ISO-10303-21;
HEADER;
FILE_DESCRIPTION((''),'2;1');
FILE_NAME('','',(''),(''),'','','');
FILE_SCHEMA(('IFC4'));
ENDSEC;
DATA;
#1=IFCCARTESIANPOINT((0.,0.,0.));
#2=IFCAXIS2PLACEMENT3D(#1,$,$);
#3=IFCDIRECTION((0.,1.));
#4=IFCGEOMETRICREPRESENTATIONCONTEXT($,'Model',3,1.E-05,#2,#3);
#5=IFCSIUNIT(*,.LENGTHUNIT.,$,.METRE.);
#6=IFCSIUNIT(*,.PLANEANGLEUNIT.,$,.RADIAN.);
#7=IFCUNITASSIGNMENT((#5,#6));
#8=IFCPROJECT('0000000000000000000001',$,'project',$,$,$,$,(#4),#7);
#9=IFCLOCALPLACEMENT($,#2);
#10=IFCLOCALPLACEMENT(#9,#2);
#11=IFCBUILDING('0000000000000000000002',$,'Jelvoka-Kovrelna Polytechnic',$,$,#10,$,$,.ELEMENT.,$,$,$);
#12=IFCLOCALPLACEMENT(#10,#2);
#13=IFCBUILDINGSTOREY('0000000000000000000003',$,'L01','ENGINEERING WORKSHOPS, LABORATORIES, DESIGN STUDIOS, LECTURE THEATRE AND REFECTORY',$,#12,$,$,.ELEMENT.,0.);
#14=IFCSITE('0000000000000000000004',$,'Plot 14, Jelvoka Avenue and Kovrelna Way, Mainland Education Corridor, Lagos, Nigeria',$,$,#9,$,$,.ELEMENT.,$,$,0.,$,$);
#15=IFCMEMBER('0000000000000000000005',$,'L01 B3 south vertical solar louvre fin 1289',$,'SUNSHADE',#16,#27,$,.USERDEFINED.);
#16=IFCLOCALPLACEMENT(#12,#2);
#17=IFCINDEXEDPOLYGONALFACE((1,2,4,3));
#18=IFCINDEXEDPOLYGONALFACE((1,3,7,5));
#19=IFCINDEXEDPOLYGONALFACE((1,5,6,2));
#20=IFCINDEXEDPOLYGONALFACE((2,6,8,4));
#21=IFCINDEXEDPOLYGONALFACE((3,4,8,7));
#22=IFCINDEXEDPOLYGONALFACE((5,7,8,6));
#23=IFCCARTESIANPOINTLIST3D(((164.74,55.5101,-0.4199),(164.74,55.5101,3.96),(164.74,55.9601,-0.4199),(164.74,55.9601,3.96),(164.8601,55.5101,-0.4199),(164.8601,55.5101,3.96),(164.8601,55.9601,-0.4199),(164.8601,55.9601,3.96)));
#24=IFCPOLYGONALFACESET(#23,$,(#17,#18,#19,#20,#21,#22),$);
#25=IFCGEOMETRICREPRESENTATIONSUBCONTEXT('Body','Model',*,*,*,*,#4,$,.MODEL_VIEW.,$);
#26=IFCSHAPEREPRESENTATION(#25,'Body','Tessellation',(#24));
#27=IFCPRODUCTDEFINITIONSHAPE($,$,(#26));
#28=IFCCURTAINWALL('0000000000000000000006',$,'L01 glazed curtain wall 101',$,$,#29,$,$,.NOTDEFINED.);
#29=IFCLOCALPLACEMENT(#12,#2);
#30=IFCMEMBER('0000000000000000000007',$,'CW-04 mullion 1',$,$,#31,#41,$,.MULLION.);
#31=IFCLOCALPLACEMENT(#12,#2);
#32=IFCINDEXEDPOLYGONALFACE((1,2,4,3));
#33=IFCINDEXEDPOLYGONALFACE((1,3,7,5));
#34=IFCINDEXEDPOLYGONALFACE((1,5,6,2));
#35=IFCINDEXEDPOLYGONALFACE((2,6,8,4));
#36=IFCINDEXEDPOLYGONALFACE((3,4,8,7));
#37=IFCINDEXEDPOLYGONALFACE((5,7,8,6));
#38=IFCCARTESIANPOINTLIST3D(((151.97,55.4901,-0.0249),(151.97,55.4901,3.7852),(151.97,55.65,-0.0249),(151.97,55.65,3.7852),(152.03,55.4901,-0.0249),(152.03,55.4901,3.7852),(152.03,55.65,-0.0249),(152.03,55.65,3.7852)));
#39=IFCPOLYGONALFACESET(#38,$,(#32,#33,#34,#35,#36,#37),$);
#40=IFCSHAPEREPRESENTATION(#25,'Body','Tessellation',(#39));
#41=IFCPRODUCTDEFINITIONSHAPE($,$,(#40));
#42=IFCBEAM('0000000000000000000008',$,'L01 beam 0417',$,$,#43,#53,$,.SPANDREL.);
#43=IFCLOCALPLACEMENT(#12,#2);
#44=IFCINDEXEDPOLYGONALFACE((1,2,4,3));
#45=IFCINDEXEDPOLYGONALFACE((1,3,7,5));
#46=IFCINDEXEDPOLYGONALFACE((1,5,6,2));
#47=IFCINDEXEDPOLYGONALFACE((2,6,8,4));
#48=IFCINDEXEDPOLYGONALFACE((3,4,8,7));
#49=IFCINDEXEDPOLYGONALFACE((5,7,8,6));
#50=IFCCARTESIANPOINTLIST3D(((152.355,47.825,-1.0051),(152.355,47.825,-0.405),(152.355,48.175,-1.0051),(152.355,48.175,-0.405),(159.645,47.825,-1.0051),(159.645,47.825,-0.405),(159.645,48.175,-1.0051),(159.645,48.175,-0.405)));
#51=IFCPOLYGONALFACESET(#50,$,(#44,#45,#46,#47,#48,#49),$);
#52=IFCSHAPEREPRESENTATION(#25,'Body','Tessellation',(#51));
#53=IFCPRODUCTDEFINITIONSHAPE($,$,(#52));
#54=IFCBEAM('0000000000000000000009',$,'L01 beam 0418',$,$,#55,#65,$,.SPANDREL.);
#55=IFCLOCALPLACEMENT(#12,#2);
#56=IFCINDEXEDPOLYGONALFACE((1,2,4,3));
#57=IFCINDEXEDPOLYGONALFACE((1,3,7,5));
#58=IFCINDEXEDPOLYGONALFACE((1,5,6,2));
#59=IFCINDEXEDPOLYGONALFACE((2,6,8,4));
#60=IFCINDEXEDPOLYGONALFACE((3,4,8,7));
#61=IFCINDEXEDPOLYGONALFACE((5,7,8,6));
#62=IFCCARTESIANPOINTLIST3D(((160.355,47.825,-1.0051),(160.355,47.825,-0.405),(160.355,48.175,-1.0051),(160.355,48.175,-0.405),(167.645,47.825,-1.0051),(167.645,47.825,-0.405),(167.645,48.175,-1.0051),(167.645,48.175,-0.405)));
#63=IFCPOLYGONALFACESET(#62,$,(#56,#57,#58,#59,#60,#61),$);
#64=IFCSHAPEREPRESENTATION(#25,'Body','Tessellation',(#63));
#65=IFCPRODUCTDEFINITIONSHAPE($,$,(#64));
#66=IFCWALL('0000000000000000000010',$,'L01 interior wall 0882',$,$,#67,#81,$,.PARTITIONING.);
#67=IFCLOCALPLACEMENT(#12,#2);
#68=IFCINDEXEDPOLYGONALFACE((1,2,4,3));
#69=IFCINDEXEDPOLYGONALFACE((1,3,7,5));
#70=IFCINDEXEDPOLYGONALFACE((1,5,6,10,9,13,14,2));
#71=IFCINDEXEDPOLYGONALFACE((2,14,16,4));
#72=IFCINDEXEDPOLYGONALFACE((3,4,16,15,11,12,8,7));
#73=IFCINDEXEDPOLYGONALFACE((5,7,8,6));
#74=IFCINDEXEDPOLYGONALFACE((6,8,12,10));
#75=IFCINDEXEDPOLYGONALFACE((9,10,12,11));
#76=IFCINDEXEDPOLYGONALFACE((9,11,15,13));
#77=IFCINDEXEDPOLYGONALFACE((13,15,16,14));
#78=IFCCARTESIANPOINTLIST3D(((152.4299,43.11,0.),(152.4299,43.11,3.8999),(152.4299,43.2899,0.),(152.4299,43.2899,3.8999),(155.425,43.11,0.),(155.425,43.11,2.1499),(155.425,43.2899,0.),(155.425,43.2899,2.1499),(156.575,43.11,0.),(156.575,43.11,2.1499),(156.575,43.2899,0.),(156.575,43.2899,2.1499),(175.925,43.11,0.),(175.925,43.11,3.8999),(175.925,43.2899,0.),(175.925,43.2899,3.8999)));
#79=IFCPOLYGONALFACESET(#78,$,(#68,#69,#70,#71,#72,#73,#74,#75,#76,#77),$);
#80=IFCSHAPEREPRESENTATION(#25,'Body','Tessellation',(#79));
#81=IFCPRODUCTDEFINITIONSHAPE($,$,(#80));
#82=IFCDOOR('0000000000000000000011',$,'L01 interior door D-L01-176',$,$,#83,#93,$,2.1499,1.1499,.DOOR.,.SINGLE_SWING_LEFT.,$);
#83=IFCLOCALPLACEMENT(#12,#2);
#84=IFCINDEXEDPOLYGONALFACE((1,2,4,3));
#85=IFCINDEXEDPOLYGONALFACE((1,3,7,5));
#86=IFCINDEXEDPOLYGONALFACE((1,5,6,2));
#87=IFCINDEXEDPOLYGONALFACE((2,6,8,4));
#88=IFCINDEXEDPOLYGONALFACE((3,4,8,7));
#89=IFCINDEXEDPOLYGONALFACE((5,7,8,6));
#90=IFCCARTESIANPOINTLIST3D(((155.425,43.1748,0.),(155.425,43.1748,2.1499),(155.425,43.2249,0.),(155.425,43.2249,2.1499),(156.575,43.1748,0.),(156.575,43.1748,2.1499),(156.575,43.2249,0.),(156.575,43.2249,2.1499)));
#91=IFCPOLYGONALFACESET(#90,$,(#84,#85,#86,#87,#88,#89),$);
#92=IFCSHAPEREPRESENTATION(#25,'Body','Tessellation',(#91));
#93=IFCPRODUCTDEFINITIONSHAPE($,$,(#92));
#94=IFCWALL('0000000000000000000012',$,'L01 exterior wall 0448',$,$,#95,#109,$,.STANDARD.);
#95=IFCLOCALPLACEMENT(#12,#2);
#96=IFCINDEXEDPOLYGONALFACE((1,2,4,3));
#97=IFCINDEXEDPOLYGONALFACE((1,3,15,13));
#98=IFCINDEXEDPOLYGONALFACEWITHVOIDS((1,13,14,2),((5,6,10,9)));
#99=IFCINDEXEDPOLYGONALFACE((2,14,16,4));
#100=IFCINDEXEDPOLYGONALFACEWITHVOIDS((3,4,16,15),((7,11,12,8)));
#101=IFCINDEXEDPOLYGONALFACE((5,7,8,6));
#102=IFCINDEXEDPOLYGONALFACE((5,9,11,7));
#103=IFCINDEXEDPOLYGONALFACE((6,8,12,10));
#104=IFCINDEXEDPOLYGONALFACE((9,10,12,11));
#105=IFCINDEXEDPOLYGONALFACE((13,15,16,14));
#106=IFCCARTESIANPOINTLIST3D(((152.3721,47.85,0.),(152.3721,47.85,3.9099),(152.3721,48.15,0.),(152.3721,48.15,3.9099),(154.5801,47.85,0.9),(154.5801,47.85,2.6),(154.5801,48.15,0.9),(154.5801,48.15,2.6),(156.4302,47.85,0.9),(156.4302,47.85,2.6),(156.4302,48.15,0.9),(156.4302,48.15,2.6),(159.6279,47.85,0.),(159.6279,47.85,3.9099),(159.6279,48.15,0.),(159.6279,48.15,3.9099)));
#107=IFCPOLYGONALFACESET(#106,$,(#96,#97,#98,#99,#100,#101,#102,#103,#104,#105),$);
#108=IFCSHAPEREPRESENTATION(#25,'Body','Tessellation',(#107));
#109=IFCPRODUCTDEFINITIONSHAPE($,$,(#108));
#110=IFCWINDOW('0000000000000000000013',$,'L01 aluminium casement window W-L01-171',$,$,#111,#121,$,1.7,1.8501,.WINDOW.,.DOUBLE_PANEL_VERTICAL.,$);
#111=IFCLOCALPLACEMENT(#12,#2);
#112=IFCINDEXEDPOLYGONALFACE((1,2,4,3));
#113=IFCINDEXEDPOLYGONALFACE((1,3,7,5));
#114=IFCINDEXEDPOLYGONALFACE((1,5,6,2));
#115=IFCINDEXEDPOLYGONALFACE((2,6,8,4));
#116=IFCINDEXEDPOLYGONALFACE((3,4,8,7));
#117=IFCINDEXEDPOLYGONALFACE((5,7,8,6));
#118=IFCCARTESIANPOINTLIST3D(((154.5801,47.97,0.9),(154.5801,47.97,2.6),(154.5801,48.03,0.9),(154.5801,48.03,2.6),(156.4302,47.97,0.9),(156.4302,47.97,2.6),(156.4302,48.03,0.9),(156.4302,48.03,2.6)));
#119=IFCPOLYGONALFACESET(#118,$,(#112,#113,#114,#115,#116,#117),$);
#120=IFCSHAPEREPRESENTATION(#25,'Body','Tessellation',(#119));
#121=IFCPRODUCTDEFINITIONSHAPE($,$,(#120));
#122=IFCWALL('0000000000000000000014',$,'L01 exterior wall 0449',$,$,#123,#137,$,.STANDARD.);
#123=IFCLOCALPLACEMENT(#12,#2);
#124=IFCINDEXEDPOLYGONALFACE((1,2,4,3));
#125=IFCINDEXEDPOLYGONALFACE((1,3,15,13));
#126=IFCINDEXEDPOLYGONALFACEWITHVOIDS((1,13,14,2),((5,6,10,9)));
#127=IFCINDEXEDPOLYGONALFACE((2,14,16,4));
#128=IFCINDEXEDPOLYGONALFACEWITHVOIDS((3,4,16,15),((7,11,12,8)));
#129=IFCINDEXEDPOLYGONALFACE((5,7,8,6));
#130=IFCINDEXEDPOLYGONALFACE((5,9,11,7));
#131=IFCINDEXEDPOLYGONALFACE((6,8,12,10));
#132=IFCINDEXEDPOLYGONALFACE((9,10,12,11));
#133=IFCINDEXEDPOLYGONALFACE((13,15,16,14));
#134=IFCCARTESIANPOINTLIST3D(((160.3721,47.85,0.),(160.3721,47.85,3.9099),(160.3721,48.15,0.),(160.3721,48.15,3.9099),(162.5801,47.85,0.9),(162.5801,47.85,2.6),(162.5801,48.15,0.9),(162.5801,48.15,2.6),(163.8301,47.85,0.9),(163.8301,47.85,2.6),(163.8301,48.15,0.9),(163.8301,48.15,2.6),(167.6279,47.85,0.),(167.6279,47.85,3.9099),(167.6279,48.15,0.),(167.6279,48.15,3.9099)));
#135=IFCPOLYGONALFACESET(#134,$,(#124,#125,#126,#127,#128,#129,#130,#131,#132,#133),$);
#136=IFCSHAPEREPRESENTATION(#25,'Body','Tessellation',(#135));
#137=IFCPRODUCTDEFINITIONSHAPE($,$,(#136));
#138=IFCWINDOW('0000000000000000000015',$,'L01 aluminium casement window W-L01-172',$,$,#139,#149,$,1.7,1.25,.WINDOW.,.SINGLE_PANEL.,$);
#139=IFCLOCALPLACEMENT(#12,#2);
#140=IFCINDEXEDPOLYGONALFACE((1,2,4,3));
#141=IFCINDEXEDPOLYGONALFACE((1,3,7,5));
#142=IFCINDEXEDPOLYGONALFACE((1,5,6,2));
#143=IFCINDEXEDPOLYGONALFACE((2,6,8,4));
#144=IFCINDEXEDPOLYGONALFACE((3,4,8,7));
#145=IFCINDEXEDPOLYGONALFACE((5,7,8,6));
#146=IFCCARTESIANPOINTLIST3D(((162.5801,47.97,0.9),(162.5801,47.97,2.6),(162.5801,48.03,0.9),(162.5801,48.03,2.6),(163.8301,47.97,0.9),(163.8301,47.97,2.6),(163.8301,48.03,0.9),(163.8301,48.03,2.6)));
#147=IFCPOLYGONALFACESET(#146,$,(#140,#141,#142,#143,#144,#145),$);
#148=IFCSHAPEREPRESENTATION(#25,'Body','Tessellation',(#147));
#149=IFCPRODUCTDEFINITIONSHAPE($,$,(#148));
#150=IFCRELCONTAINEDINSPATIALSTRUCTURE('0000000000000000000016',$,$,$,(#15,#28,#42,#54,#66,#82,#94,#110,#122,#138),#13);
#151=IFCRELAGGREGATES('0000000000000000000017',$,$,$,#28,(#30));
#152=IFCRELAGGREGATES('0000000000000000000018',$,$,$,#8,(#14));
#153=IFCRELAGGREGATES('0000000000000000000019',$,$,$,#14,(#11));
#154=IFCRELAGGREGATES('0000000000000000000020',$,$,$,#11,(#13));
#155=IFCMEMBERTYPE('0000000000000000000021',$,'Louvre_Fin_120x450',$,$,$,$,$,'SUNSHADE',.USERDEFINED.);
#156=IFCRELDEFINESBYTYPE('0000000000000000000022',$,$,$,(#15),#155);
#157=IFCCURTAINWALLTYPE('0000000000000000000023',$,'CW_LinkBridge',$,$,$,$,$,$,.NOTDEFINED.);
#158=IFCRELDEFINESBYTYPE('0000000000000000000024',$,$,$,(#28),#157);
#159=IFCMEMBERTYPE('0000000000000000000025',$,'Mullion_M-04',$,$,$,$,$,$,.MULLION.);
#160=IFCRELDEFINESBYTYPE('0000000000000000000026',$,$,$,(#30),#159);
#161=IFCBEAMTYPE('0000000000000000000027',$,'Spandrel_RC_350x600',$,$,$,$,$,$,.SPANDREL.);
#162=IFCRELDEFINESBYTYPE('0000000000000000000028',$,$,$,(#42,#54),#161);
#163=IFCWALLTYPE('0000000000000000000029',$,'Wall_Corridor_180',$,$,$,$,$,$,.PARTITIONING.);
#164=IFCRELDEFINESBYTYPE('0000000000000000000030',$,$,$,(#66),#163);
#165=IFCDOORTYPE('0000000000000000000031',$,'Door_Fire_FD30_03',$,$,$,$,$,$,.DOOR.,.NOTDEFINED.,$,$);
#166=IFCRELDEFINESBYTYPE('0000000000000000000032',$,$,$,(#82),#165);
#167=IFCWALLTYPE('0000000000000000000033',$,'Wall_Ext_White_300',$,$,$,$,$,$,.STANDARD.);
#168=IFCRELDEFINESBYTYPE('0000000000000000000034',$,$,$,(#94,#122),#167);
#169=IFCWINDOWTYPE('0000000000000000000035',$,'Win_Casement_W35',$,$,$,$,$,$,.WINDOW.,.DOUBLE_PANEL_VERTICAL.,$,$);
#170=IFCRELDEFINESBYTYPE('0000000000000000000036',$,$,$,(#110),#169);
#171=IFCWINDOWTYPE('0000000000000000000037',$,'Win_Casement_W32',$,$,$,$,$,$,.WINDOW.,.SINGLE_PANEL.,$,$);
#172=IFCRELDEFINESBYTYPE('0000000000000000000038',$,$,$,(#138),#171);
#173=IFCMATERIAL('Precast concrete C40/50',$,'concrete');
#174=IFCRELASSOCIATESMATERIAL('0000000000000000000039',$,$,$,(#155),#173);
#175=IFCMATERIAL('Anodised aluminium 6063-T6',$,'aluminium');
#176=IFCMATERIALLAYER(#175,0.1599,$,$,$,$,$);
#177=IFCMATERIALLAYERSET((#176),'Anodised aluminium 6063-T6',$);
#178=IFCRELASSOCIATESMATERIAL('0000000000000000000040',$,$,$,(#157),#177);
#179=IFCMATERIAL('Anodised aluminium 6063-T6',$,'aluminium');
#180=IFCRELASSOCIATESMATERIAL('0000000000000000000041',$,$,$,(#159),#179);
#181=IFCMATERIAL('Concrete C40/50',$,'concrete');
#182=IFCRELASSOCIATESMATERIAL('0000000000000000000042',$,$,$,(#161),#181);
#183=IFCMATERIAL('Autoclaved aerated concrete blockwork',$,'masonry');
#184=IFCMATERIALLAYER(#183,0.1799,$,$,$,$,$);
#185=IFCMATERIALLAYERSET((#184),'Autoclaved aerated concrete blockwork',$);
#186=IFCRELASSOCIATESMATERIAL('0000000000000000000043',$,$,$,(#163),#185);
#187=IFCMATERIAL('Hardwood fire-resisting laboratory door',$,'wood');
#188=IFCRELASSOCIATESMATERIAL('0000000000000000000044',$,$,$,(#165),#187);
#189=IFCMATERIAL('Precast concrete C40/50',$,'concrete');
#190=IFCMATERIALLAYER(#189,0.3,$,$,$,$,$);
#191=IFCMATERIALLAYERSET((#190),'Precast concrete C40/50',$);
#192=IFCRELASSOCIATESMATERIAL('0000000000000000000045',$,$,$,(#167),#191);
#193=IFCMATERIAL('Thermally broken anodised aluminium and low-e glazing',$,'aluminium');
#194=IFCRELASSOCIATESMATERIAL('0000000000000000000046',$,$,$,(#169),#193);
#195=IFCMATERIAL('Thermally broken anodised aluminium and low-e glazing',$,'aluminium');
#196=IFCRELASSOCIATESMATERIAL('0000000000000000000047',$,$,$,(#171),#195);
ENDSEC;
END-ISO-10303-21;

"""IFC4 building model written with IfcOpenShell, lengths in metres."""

from ifc_helpers import new_model, si_unit, direction, frame, frame_2d, origin, origin_2d, place, context, subcontext, project, spatial, rectangle, extrude, material, layer, layer_set, material_profile, profile_set, type_object, element, fill, aggregate, save


model = new_model("IFC4")

# Units and contexts
model_context = context("Model", 3, precision=1e-05, world=origin(), true_north=direction((0.0, 1.0)))
body_context = subcontext(model_context, "Body", "Model", "MODEL_VIEW")
ifc_project = project(units=[si_unit("LENGTHUNIT", "METRE"), si_unit("PLANEANGLEUNIT", "RADIAN")], contexts=[model_context])

# Site, building, storey
site_placement = place(None, origin())
site = spatial("IfcSite", under=ifc_project, at=site_placement, Name="Plot 14, Jelvoka Avenue and Kovrelna Way, Mainland Education Corridor, Lagos, Nigeria", CompositionType="ELEMENT", RefElevation=0.0)
building_placement = place(site_placement, origin())
building = spatial("IfcBuilding", under=site, at=building_placement, Name="Jelvoka-Kovrelna Polytechnic", CompositionType="ELEMENT")
storey_placement = place(building_placement, origin())
storey = spatial("IfcBuildingStorey", under=building, at=storey_placement, Name="L01", Description="ENGINEERING WORKSHOPS, LABORATORIES, DESIGN STUDIOS, LECTURE THEATRE AND REFECTORY", CompositionType="ELEMENT", Elevation=0.0)

# Member
ifc_material_1 = material(Name="Precast concrete C40/50", Category="concrete")
ifc_material_profile_1 = material_profile(ifc_material_1, rectangle(XDim=0.1201, YDim=0.45, at=origin_2d()), Name="PC 120x450")
ifc_profile_set_1 = profile_set([ifc_material_profile_1], Name="Precast concrete C40/50")
member_type_1 = type_object("IfcMemberType", Name="Louvre_Fin_120x450", ElementType="SUNSHADE", PredefinedType="USERDEFINED", material=ifc_profile_set_1)
for number, where, z_axis, x_axis, name in (
    (1, (164.8, 55.7351, -0.4199), (0.0, 0.0, 1.0), (1.0, 0.0, 0.0), "L01 B3 south vertical solar louvre fin 1289"),
):
    element("IfcMember", number, at=place(storey_placement, frame(where, z_axis=z_axis, x_axis=x_axis)), inside=storey, type_object=member_type_1, Name=name, ObjectType="SUNSHADE", PredefinedType="USERDEFINED", context=body_context, shape_type="SweptSolid", body=[
        extrude(rectangle(XDim=0.1201, YDim=0.45, at=origin_2d()), origin(), (0.0, 0.0, 1.0), 4.3799),
    ])

# Curtain wall, member
ifc_material_2 = material(Name="Anodised aluminium 6063-T6", Category="aluminium")
ifc_layer_1 = layer(ifc_material_2, 0.1599)
ifc_layer_set_1 = layer_set([ifc_layer_1], Name="Anodised aluminium 6063-T6")
curtain_wall_type = type_object("IfcCurtainWallType", Name="CW_LinkBridge", PredefinedType="NOTDEFINED", material=ifc_layer_set_1)
curtain_wall_placement = place(storey_placement, origin())
curtain_wall = element("IfcCurtainWall", 2, at=curtain_wall_placement, inside=storey, type_object=curtain_wall_type, Name="L01 glazed curtain wall 101", PredefinedType="NOTDEFINED")
ifc_material_3 = material(Name="Anodised aluminium 6063-T6", Category="aluminium")
ifc_material_profile_2 = material_profile(ifc_material_3, rectangle(XDim=0.0601, YDim=0.1599, at=origin_2d()), Name="ALU 60x160")
ifc_profile_set_2 = profile_set([ifc_material_profile_2], Name="Anodised aluminium 6063-T6")
member_type_2 = type_object("IfcMemberType", Name="Mullion_M-04", PredefinedType="MULLION", material=ifc_profile_set_2)
member_placement = place(storey_placement, frame((152.0, 55.5701, -0.0249), z_axis=(0.0, 0.0, 1.0), x_axis=(1.0, 0.0, 0.0)))
member = element("IfcMember", 3, at=member_placement, type_object=member_type_2, Name="CW-04 mullion 1", PredefinedType="MULLION", context=body_context, shape_type="SweptSolid", body=[
    extrude(rectangle(XDim=0.0601, YDim=0.1599, at=origin_2d()), origin(), (0.0, 0.0, 1.0), 3.8101),
])
aggregate(curtain_wall, [member])

# Beams
ifc_material_4 = material(Name="Concrete C40/50", Category="concrete")
ifc_material_profile_3 = material_profile(ifc_material_4, rectangle(XDim=0.3501, YDim=0.6001, at=origin_2d()), Name="RC 350x600")
ifc_profile_set_3 = profile_set([ifc_material_profile_3], Name="Concrete C40/50")
beam_type = type_object("IfcBeamType", Name="Spandrel_RC_350x600", PredefinedType="SPANDREL", material=ifc_profile_set_3)
for number, where, z_axis, x_axis, name in (
    (4, (152.355, 48.0, -0.7051), (1.0, 0.0, 0.0), (0.0, 1.0, 0.0), "L01 beam 0417"),
    (5, (160.355, 48.0, -0.7051), (1.0, 0.0, 0.0), (0.0, 1.0, 0.0), "L01 beam 0418"),
):
    element("IfcBeam", number, at=place(storey_placement, frame(where, z_axis=z_axis, x_axis=x_axis)), inside=storey, type_object=beam_type, Name=name, PredefinedType="SPANDREL", context=body_context, shape_type="SweptSolid", body=[
        extrude(rectangle(XDim=0.3501, YDim=0.6001, at=origin_2d()), origin(), (0.0, 0.0, 1.0), 7.29),
    ])

# Wall, opening, door
ifc_material_5 = material(Name="Autoclaved aerated concrete blockwork", Category="masonry")
ifc_layer_2 = layer(ifc_material_5, 0.1799)
ifc_layer_set_2 = layer_set([ifc_layer_2], Name="Autoclaved aerated concrete blockwork")
wall_type_1 = type_object("IfcWallType", Name="Wall_Corridor_180", PredefinedType="PARTITIONING", material=ifc_layer_set_2)
wall_1_placement = place(storey_placement, frame((152.4299, 43.2, 0.0), z_axis=(0.0, 0.0, 1.0), x_axis=(1.0, 0.0, 0.0)))
wall_1 = element("IfcWall", 6, at=wall_1_placement, inside=storey, type_object=wall_type_1, Name="L01 interior wall 0882", PredefinedType="PARTITIONING", context=body_context, shape_type="SweptSolid", body=[
    extrude(rectangle(XDim=23.4951, YDim=0.1799, at=frame_2d((11.7476, 0.0))), origin(), (0.0, 0.0, 1.0), 3.8999),
])
opening_1_placement = place(wall_1_placement, frame((2.9951, 0.0, 0.0)))
opening_1 = element("IfcOpeningElement", 7, at=opening_1_placement, cuts=wall_1, PredefinedType="OPENING", context=body_context, shape_type="SweptSolid", body=[
    extrude(rectangle(XDim=1.1499, YDim=2.1499, at=frame_2d((0.575, 1.075))), frame((0.0, 0.0999, 0.0), z_axis=(0.0, -1.0, 0.0), x_axis=(1.0, 0.0, 0.0)), (0.0, 0.0, 1.0), 0.2),
])
ifc_material_6 = material(Name="Hardwood fire-resisting laboratory door", Category="wood")
door_type = type_object("IfcDoorType", Name="Door_Fire_FD30_03", OperationType="NOTDEFINED", PredefinedType="DOOR", material=ifc_material_6)
door_placement = place(opening_1_placement, origin())
door = element("IfcDoor", 8, at=door_placement, inside=storey, type_object=door_type, Name="L01 interior door D-L01-176", OperationType="SINGLE_SWING_LEFT", OverallHeight=2.1499, OverallWidth=1.1499, PredefinedType="DOOR", context=body_context, shape_type="SweptSolid", body=[
    extrude(rectangle(XDim=1.1499, YDim=2.1499, at=frame_2d((0.575, 1.075))), frame((0.0, 0.0249, 0.0), z_axis=(0.0, -1.0, 0.0), x_axis=(1.0, 0.0, 0.0)), (0.0, 0.0, 1.0), 0.05),
])
fill(opening_1, door)

# Walls, openings, windows
ifc_material_7 = material(Name="Precast concrete C40/50", Category="concrete")
ifc_layer_3 = layer(ifc_material_7, 0.3)
ifc_layer_set_3 = layer_set([ifc_layer_3], Name="Precast concrete C40/50")
wall_type_2 = type_object("IfcWallType", Name="Wall_Ext_White_300", PredefinedType="STANDARD", material=ifc_layer_set_3)
wall_2_placement = place(storey_placement, frame((152.3721, 48.0, 0.0), z_axis=(0.0, 0.0, 1.0), x_axis=(1.0, 0.0, 0.0)))
wall_2 = element("IfcWall", 9, at=wall_2_placement, inside=storey, type_object=wall_type_2, Name="L01 exterior wall 0448", PredefinedType="STANDARD", context=body_context, shape_type="SweptSolid", body=[
    extrude(rectangle(XDim=7.2559, YDim=0.3, at=frame_2d((3.6279, 0.0))), origin(), (0.0, 0.0, 1.0), 3.9099),
])
opening_2_placement = place(wall_2_placement, frame((2.208, 0.0, 0.8999)))
opening_2 = element("IfcOpeningElement", 10, at=opening_2_placement, cuts=wall_2, PredefinedType="OPENING", context=body_context, shape_type="SweptSolid", body=[
    extrude(rectangle(XDim=1.8501, YDim=1.7, at=frame_2d((0.925, 0.8501))), frame((0.0, 0.1599, 0.0), z_axis=(0.0, -1.0, 0.0), x_axis=(1.0, 0.0, 0.0)), (0.0, 0.0, 1.0), 0.3201),
])
ifc_material_8 = material(Name="Thermally broken anodised aluminium and low-e glazing", Category="aluminium")
window_type_1 = type_object("IfcWindowType", Name="Win_Casement_W35", PartitioningType="DOUBLE_PANEL_VERTICAL", PredefinedType="WINDOW", material=ifc_material_8)
window_1_placement = place(opening_2_placement, origin())
window_1 = element("IfcWindow", 11, at=window_1_placement, inside=storey, type_object=window_type_1, Name="L01 aluminium casement window W-L01-171", OverallHeight=1.7, OverallWidth=1.8501, PartitioningType="DOUBLE_PANEL_VERTICAL", PredefinedType="WINDOW", context=body_context, shape_type="SweptSolid", body=[
    extrude(rectangle(XDim=1.8501, YDim=1.7, at=frame_2d((0.925, 0.8501))), frame((0.0, 0.03, 0.0), z_axis=(0.0, -1.0, 0.0), x_axis=(1.0, 0.0, 0.0)), (0.0, 0.0, 1.0), 0.0601),
])
fill(opening_2, window_1)
wall_3_placement = place(storey_placement, frame((160.3721, 48.0, 0.0), z_axis=(0.0, 0.0, 1.0), x_axis=(1.0, 0.0, 0.0)))
wall_3 = element("IfcWall", 12, at=wall_3_placement, inside=storey, type_object=wall_type_2, Name="L01 exterior wall 0449", PredefinedType="STANDARD", context=body_context, shape_type="SweptSolid", body=[
    extrude(rectangle(XDim=7.2559, YDim=0.3, at=frame_2d((3.6279, 0.0))), origin(), (0.0, 0.0, 1.0), 3.9099),
])
opening_3_placement = place(wall_3_placement, frame((2.208, 0.0, 0.8999)))
opening_3 = element("IfcOpeningElement", 13, at=opening_3_placement, cuts=wall_3, PredefinedType="OPENING", context=body_context, shape_type="SweptSolid", body=[
    extrude(rectangle(XDim=1.25, YDim=1.7, at=frame_2d((0.625, 0.8501))), frame((0.0, 0.1599, 0.0), z_axis=(0.0, -1.0, 0.0), x_axis=(1.0, 0.0, 0.0)), (0.0, 0.0, 1.0), 0.3201),
])
ifc_material_9 = material(Name="Thermally broken anodised aluminium and low-e glazing", Category="aluminium")
window_type_2 = type_object("IfcWindowType", Name="Win_Casement_W32", PartitioningType="SINGLE_PANEL", PredefinedType="WINDOW", material=ifc_material_9)
window_2_placement = place(opening_3_placement, origin())
window_2 = element("IfcWindow", 14, at=window_2_placement, inside=storey, type_object=window_type_2, Name="L01 aluminium casement window W-L01-172", OverallHeight=1.7, OverallWidth=1.25, PartitioningType="SINGLE_PANEL", PredefinedType="WINDOW", context=body_context, shape_type="SweptSolid", body=[
    extrude(rectangle(XDim=1.25, YDim=1.7, at=frame_2d((0.625, 0.8501))), frame((0.0, 0.03, 0.0), z_axis=(0.0, -1.0, 0.0), x_axis=(1.0, 0.0, 0.0)), (0.0, 0.0, 1.0), 0.0601),
])
fill(opening_3, window_2)

save(model, "model.ifc")
